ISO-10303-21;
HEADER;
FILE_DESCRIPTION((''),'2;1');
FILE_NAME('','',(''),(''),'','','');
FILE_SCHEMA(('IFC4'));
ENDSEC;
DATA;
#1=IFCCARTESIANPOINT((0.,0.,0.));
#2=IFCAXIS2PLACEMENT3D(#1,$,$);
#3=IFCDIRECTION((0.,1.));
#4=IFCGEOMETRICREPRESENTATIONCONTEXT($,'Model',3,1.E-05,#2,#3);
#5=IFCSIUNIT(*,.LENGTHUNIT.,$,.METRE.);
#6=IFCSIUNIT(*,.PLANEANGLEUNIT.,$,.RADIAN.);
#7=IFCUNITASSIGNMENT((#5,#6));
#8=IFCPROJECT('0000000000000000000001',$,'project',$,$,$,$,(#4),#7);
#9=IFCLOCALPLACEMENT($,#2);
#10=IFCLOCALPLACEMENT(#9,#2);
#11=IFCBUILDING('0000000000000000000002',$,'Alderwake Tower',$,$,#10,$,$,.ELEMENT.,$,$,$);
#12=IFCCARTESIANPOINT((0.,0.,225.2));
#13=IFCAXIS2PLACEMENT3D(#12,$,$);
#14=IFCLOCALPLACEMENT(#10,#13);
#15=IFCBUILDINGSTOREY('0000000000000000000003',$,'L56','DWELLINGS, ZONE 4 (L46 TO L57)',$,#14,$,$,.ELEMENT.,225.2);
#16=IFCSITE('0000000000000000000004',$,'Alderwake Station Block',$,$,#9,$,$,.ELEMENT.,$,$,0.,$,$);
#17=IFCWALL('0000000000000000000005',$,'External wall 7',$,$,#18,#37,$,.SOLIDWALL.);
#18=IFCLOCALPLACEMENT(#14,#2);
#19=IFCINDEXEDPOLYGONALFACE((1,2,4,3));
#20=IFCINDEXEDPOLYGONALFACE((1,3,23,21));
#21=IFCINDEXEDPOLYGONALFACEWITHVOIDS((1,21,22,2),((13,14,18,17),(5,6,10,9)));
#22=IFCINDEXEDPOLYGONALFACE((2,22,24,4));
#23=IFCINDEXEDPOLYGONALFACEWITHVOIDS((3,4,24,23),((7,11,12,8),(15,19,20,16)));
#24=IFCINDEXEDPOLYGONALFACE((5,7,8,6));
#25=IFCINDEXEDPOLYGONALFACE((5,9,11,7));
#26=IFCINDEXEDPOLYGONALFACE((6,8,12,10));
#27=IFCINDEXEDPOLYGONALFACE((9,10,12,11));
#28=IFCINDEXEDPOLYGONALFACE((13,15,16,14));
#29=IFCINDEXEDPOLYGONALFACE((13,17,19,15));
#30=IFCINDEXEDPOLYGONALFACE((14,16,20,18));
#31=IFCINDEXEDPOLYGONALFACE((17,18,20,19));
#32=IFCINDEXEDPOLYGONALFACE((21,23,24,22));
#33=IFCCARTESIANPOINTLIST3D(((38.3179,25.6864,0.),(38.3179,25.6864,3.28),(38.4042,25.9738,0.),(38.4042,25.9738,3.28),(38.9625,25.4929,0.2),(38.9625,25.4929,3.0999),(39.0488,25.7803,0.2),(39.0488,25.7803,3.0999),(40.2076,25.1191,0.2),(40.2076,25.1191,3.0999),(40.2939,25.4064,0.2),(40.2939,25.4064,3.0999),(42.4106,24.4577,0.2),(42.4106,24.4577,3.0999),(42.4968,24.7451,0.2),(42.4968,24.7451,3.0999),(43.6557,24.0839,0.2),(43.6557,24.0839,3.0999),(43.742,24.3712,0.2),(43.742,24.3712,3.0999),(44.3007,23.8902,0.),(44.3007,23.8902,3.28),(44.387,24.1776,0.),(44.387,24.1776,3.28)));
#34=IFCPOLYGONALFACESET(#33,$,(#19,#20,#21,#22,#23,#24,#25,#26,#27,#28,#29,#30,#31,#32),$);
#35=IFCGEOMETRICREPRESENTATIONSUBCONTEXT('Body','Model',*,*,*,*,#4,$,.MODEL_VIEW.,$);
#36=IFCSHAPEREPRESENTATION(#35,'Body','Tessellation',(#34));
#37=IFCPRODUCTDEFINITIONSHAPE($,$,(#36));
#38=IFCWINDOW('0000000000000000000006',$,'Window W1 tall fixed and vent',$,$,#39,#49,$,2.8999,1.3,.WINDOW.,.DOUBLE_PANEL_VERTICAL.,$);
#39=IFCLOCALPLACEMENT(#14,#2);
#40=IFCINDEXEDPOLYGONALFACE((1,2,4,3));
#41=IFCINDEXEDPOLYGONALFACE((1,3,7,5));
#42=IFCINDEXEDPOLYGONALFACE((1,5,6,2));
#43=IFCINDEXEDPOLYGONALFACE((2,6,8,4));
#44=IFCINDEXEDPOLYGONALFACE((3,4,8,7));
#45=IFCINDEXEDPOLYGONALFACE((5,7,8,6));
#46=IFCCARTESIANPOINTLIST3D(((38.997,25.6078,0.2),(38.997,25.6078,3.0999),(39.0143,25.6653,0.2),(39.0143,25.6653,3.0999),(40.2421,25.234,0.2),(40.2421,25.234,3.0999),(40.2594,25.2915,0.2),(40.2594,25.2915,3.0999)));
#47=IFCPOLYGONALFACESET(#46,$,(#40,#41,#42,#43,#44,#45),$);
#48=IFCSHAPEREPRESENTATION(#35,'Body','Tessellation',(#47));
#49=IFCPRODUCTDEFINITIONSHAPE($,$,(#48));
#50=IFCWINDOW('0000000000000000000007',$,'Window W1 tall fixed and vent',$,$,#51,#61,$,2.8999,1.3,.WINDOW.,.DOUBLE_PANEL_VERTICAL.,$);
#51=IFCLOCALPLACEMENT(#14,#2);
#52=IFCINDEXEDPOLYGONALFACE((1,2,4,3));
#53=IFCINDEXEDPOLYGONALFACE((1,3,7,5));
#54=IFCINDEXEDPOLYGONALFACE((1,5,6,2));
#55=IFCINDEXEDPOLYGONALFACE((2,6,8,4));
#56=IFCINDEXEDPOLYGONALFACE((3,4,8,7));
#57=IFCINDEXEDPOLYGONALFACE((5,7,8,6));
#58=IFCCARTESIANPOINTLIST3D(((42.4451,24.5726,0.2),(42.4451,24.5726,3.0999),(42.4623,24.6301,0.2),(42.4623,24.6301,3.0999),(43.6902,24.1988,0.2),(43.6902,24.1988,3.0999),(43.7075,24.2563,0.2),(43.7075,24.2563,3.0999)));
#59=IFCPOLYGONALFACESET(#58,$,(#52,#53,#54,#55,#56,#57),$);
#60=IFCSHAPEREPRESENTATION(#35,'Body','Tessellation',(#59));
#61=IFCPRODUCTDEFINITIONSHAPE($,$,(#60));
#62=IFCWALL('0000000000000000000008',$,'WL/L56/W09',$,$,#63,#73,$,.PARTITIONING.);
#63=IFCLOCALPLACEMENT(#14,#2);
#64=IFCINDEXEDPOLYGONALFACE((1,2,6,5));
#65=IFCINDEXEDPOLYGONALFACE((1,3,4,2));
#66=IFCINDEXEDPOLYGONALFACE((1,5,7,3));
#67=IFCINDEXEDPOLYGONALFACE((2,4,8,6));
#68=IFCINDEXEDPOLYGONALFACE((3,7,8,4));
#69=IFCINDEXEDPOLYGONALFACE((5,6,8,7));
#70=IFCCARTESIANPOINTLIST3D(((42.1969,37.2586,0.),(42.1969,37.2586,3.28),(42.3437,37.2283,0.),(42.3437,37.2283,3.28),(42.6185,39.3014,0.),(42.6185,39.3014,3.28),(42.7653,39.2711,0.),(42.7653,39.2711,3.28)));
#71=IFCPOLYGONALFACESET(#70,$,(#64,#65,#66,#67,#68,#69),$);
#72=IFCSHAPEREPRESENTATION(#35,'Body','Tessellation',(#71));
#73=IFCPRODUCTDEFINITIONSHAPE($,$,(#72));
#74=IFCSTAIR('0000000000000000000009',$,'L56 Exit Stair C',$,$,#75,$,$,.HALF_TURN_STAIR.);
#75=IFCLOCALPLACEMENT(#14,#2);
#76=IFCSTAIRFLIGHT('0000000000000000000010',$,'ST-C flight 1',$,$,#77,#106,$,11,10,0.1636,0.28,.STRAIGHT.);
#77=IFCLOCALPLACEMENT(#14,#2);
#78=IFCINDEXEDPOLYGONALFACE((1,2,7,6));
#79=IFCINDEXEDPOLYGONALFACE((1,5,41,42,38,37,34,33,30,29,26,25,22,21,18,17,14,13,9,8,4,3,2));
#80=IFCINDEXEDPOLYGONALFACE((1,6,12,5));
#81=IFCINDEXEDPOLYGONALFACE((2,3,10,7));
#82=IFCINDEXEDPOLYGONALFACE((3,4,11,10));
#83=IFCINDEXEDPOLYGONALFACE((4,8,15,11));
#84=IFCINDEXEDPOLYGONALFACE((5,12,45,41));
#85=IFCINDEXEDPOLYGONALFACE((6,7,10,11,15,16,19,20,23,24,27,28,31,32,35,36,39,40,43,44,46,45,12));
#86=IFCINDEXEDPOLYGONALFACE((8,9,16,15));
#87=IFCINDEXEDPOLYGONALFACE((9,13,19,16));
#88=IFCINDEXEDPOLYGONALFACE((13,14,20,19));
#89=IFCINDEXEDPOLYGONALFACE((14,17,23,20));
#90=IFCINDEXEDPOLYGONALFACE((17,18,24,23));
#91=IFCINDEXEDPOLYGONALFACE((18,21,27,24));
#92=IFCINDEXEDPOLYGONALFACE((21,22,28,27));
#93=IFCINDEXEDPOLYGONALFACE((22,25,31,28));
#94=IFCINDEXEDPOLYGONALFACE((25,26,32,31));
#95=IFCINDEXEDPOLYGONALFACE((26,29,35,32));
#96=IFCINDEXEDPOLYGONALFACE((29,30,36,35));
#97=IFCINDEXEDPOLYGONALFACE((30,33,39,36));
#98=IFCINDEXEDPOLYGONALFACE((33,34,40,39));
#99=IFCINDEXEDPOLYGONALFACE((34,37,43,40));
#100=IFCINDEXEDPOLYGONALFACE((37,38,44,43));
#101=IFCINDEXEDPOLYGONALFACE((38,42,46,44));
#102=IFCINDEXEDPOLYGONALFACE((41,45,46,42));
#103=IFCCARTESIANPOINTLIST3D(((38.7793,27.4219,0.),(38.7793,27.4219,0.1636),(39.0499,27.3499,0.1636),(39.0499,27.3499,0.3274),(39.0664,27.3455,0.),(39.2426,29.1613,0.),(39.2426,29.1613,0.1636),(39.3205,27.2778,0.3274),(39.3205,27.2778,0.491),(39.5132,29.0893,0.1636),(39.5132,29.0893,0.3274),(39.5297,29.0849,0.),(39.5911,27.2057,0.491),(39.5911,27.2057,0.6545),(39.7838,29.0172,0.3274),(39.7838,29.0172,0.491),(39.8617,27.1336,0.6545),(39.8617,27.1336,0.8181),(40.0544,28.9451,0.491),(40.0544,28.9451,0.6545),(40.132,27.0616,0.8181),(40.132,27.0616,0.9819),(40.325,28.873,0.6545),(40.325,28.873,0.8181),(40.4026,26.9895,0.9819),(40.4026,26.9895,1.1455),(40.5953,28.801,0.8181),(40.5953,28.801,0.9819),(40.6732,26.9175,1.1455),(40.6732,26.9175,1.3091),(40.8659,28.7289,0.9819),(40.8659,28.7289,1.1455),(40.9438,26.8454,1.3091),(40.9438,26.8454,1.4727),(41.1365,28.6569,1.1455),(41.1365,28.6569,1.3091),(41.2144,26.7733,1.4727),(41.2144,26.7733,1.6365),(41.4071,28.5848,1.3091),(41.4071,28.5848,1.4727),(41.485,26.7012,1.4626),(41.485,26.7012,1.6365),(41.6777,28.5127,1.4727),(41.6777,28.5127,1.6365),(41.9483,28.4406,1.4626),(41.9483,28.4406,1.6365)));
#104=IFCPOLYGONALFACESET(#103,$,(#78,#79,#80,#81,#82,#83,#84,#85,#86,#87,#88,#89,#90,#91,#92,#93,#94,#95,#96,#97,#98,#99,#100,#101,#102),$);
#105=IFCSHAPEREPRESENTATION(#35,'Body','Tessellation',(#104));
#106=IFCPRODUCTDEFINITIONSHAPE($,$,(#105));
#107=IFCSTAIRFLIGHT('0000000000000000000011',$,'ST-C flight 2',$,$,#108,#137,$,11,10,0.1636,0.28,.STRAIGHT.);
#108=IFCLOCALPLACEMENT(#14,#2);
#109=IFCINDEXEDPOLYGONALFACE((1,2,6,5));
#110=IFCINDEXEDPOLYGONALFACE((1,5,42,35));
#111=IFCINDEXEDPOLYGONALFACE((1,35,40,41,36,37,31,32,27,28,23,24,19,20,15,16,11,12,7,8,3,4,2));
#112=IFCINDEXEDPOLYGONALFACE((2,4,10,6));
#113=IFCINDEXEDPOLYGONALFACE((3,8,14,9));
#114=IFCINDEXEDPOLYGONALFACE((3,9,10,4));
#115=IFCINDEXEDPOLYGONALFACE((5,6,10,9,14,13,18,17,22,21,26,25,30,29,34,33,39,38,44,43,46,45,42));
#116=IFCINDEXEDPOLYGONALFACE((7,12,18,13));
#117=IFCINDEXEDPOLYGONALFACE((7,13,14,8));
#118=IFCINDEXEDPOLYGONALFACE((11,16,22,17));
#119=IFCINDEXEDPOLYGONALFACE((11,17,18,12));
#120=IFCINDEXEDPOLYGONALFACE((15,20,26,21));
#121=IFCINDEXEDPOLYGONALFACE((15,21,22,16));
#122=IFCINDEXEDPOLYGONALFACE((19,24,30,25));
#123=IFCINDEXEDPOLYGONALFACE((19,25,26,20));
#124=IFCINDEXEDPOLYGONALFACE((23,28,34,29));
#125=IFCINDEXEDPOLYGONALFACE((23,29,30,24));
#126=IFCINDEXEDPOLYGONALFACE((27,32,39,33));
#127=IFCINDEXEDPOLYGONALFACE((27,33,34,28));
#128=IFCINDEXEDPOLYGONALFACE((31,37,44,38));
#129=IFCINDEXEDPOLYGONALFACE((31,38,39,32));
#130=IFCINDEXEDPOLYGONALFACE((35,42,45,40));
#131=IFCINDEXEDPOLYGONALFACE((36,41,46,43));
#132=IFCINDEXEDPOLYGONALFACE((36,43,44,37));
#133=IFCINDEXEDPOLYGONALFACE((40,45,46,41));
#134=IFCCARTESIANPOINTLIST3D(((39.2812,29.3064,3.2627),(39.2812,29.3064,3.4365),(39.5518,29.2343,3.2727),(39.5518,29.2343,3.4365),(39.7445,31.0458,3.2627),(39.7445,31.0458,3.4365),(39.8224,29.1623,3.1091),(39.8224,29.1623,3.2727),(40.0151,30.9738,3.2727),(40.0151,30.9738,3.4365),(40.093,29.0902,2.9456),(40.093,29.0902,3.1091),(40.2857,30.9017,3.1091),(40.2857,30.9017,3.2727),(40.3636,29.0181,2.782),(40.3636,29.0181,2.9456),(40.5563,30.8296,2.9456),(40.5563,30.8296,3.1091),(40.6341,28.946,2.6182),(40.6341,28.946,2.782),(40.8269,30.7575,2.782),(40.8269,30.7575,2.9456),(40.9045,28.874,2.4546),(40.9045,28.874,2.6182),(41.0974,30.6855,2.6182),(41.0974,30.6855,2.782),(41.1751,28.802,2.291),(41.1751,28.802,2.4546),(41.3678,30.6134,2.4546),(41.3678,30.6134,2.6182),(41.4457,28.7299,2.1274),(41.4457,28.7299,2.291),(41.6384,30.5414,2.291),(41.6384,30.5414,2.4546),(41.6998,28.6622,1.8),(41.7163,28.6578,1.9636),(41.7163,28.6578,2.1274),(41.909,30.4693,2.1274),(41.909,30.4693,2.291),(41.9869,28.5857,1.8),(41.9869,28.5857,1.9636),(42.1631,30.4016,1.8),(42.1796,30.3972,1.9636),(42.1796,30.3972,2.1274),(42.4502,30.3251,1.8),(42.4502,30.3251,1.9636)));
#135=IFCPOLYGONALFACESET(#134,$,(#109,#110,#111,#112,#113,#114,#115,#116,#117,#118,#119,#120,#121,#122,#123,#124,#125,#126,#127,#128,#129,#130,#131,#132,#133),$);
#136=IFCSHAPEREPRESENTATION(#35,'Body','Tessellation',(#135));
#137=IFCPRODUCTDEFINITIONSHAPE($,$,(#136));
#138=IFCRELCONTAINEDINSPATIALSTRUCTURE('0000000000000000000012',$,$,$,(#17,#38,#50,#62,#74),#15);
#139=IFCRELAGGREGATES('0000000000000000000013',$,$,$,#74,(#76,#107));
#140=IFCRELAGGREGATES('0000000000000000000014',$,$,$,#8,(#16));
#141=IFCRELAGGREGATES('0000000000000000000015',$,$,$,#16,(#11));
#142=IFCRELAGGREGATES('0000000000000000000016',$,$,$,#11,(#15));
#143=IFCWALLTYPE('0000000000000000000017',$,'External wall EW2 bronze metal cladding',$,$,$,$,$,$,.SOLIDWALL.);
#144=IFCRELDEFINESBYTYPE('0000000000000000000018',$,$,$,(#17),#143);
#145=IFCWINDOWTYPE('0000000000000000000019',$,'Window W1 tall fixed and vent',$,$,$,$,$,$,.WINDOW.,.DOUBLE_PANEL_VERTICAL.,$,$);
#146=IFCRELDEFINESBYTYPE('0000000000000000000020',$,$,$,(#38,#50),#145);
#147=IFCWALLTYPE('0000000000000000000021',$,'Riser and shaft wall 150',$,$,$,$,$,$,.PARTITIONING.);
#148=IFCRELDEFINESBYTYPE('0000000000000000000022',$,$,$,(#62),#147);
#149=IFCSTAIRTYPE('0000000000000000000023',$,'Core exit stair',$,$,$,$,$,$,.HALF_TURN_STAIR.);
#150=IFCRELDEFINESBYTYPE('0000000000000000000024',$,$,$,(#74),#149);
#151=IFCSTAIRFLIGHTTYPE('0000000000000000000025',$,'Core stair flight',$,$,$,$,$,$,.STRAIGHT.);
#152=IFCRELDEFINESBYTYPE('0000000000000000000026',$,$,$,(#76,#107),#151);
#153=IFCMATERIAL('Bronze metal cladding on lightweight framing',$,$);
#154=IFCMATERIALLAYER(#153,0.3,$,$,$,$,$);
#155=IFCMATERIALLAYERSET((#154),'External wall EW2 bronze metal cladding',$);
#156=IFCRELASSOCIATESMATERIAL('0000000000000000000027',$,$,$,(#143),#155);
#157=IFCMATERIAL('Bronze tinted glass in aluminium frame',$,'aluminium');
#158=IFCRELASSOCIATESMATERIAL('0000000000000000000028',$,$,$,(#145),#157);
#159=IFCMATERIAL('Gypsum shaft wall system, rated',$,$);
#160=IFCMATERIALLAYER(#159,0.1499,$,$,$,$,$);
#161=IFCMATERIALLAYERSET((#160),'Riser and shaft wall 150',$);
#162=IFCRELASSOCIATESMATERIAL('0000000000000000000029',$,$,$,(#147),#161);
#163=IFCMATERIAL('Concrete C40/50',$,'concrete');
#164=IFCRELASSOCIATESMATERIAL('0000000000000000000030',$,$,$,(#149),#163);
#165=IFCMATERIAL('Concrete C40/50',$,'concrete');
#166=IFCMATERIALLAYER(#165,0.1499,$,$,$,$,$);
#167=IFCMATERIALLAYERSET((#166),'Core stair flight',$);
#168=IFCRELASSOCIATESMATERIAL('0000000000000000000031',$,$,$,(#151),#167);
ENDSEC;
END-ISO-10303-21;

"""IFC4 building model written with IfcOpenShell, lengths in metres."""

from ifc_helpers import new_model, si_unit, direction, frame, frame_2d, origin, place, context, subcontext, project, spatial, polyline, rectangle, outline, extrude, material, layer, layer_set, type_object, element, fill, aggregate, save


model = new_model("IFC4")

# Units and contexts
model_context = context("Model", 3, precision=1e-05, world=origin(), true_north=direction((0.0, 1.0)))
body_context = subcontext(model_context, "Body", "Model", "MODEL_VIEW")
ifc_project = project(units=[si_unit("LENGTHUNIT", "METRE"), si_unit("PLANEANGLEUNIT", "RADIAN")], contexts=[model_context])

# Site, building, storey
site_placement = place(None, origin())
site = spatial("IfcSite", under=ifc_project, at=site_placement, Name="Alderwake Station Block", CompositionType="ELEMENT", RefElevation=0.0)
building_placement = place(site_placement, origin())
building = spatial("IfcBuilding", under=site, at=building_placement, Name="Alderwake Tower", CompositionType="ELEMENT")
storey_placement = place(building_placement, frame((0.0, 0.0, 225.2)))
storey = spatial("IfcBuildingStorey", under=building, at=storey_placement, Name="L56", Description="DWELLINGS, ZONE 4 (L46 TO L57)", CompositionType="ELEMENT", Elevation=225.2)

# Wall, openings, windows
ifc_material_1 = material(Name="Bronze metal cladding on lightweight framing")
ifc_layer_1 = layer(ifc_material_1, 0.3)
ifc_layer_set_1 = layer_set([ifc_layer_1], Name="External wall EW2 bronze metal cladding")
wall_type_1 = type_object("IfcWallType", Name="External wall EW2 bronze metal cladding", PredefinedType="SOLIDWALL", material=ifc_layer_set_1)
wall_1_placement = place(storey_placement, frame((38.3611, 25.8301, 0.0), z_axis=(0.0, 0.0, 1.0), x_axis=(0.957767, -0.287545, 0.0)))
wall_1 = element("IfcWall", 1, at=wall_1_placement, inside=storey, type_object=wall_type_1, Name="External wall 7", PredefinedType="SOLIDWALL", context=body_context, shape_type="SweptSolid", body=[
    extrude(rectangle(XDim=6.2466, YDim=0.3, at=frame_2d((3.1233, 0.0))), origin(), (0.0, 0.0, 1.0), 3.28),
])
opening_1_placement = place(wall_1_placement, frame((0.6731, 0.0, 0.2)))
opening_1 = element("IfcOpeningElement", 2, at=opening_1_placement, cuts=wall_1, PredefinedType="OPENING", context=body_context, shape_type="SweptSolid", body=[
    extrude(rectangle(XDim=1.3, YDim=2.8999, at=frame_2d((0.6499, 1.45))), frame((0.0, 0.1599, 0.0), z_axis=(0.0, -1.0, 0.0), x_axis=(1.0, 0.0, 0.0)), (0.0, 0.0, 1.0), 0.3201),
])
opening_2_placement = place(wall_1_placement, frame((4.2732, 0.0, 0.2)))
opening_2 = element("IfcOpeningElement", 3, at=opening_2_placement, cuts=wall_1, PredefinedType="OPENING", context=body_context, shape_type="SweptSolid", body=[
    extrude(rectangle(XDim=1.3, YDim=2.8999, at=frame_2d((0.6499, 1.45))), frame((0.0, 0.1599, 0.0), z_axis=(0.0, -1.0, 0.0), x_axis=(1.0, 0.0, 0.0)), (0.0, 0.0, 1.0), 0.3201),
])
ifc_material_2 = material(Name="Bronze tinted glass in aluminium frame", Category="aluminium")
window_type = type_object("IfcWindowType", Name="Window W1 tall fixed and vent", PartitioningType="DOUBLE_PANEL_VERTICAL", PredefinedType="WINDOW", material=ifc_material_2)
window_1_placement = place(opening_1_placement, origin())
window_1 = element("IfcWindow", 4, at=window_1_placement, inside=storey, type_object=window_type, Name="Window W1 tall fixed and vent", OverallHeight=2.8999, OverallWidth=1.3, PartitioningType="DOUBLE_PANEL_VERTICAL", PredefinedType="WINDOW", context=body_context, shape_type="SweptSolid", body=[
    extrude(rectangle(XDim=1.3, YDim=2.8999, at=frame_2d((0.6499, 1.45))), frame((0.0, 0.03, 0.0), z_axis=(0.0, -1.0, 0.0), x_axis=(1.0, 0.0, 0.0)), (0.0, 0.0, 1.0), 0.0601),
])
fill(opening_1, window_1)
window_2_placement = place(opening_2_placement, origin())
window_2 = element("IfcWindow", 5, at=window_2_placement, inside=storey, type_object=window_type, Name="Window W1 tall fixed and vent", OverallHeight=2.8999, OverallWidth=1.3, PartitioningType="DOUBLE_PANEL_VERTICAL", PredefinedType="WINDOW", context=body_context, shape_type="SweptSolid", body=[
    extrude(rectangle(XDim=1.3, YDim=2.8999, at=frame_2d((0.6499, 1.45))), frame((0.0, 0.03, 0.0), z_axis=(0.0, -1.0, 0.0), x_axis=(1.0, 0.0, 0.0)), (0.0, 0.0, 1.0), 0.0601),
])
fill(opening_2, window_2)

# Wall
ifc_material_3 = material(Name="Gypsum shaft wall system, rated")
ifc_layer_2 = layer(ifc_material_3, 0.1499)
ifc_layer_set_2 = layer_set([ifc_layer_2], Name="Riser and shaft wall 150")
wall_type_2 = type_object("IfcWallType", Name="Riser and shaft wall 150", PredefinedType="PARTITIONING", material=ifc_layer_set_2)
wall_2_placement = place(storey_placement, frame((42.2703, 37.2434, 0.0), z_axis=(0.0, 0.0, 1.0), x_axis=(0.202122, 0.97936, 0.0)))
element("IfcWall", 6, at=wall_2_placement, inside=storey, type_object=wall_type_2, Name="WL/L56/W09", PredefinedType="PARTITIONING", context=body_context, shape_type="SweptSolid", body=[
    extrude(rectangle(XDim=2.0859, YDim=0.1499, at=frame_2d((1.043, 0.0))), origin(), (0.0, 0.0, 1.0), 3.28),
])

# Stair, stair flights
ifc_material_4 = material(Name="Concrete C40/50", Category="concrete")
stair_type = type_object("IfcStairType", Name="Core exit stair", PredefinedType="HALF_TURN_STAIR", material=ifc_material_4)
stair_placement = place(storey_placement, origin())
stair = element("IfcStair", 7, at=stair_placement, inside=storey, type_object=stair_type, Name="L56 Exit Stair C", PredefinedType="HALF_TURN_STAIR")
ifc_material_5 = material(Name="Concrete C40/50", Category="concrete")
ifc_layer_3 = layer(ifc_material_5, 0.1499)
ifc_layer_set_3 = layer_set([ifc_layer_3], Name="Core stair flight")
stair_flight_type = type_object("IfcStairFlightType", Name="Core stair flight", PredefinedType="STRAIGHT", material=ifc_layer_set_3)
stair_flight_1_placement = place(storey_placement, frame((39.011, 28.2917, 0.0), z_axis=(0.0, 0.0, 1.0), x_axis=(0.96631, -0.257382, 0.0)))
stair_flight_1 = element("IfcStairFlight", 8, at=stair_flight_1_placement, type_object=stair_flight_type, Name="ST-C flight 1", NumberOfRisers=11, NumberOfTreads=10, PredefinedType="STRAIGHT", RiserHeight=0.1636, TreadLength=0.28, context=body_context, shape_type="SweptSolid", body=[
    extrude(outline(polyline([(0.0, 0.0), (0.0, 0.1636), (0.28, 0.1636), (0.28, 0.3274), (0.5601, 0.3274), (0.5601, 0.491), (0.8401, 0.491), (0.8401, 0.6545), (1.1201, 0.6545), (1.1201, 0.8181), (1.3999, 0.8181), (1.3999, 0.9819), (1.6799, 0.9819), (1.6799, 1.1455), (1.96, 1.1455), (1.96, 1.3091), (2.24, 1.3091), (2.24, 1.4727), (2.52, 1.4727), (2.52, 1.6365), (2.8, 1.6365), (2.8, 1.8), (2.8, 1.4626), (0.2971, 0.0), (0.0, 0.0)])), frame((0.0, 0.8999, 0.0), z_axis=(0.0, -1.0, 0.0), x_axis=(1.0, 0.0, 0.0)), (0.0, 0.0, 1.0), 1.8),
])
stair_flight_2_placement = place(storey_placement, frame((42.2185, 29.4553, 1.8), z_axis=(0.0, 0.0, 1.0), x_axis=(-0.96631, 0.257382, 0.0)))
stair_flight_2 = element("IfcStairFlight", 9, at=stair_flight_2_placement, type_object=stair_flight_type, Name="ST-C flight 2", NumberOfRisers=11, NumberOfTreads=10, PredefinedType="STRAIGHT", RiserHeight=0.1636, TreadLength=0.28, context=body_context, shape_type="SweptSolid", body=[
    extrude(outline(polyline([(0.0, 0.0), (0.0, 0.1636), (0.28, 0.1636), (0.28, 0.3274), (0.5601, 0.3274), (0.5601, 0.491), (0.8401, 0.491), (0.8401, 0.6545), (1.1201, 0.6545), (1.1201, 0.8181), (1.3999, 0.8181), (1.3999, 0.9819), (1.6799, 0.9819), (1.6799, 1.1455), (1.96, 1.1455), (1.96, 1.3091), (2.24, 1.3091), (2.24, 1.4727), (2.52, 1.4727), (2.52, 1.6365), (2.8, 1.6365), (2.8, 1.8), (2.8, 1.4626), (0.2971, 0.0), (0.0, 0.0)])), frame((0.0, 0.8999, 0.0), z_axis=(0.0, -1.0, 0.0), x_axis=(1.0, 0.0, 0.0)), (0.0, 0.0, 1.0), 1.8),
])
aggregate(stair, [stair_flight_1, stair_flight_2])

save(model, "model.ifc")
